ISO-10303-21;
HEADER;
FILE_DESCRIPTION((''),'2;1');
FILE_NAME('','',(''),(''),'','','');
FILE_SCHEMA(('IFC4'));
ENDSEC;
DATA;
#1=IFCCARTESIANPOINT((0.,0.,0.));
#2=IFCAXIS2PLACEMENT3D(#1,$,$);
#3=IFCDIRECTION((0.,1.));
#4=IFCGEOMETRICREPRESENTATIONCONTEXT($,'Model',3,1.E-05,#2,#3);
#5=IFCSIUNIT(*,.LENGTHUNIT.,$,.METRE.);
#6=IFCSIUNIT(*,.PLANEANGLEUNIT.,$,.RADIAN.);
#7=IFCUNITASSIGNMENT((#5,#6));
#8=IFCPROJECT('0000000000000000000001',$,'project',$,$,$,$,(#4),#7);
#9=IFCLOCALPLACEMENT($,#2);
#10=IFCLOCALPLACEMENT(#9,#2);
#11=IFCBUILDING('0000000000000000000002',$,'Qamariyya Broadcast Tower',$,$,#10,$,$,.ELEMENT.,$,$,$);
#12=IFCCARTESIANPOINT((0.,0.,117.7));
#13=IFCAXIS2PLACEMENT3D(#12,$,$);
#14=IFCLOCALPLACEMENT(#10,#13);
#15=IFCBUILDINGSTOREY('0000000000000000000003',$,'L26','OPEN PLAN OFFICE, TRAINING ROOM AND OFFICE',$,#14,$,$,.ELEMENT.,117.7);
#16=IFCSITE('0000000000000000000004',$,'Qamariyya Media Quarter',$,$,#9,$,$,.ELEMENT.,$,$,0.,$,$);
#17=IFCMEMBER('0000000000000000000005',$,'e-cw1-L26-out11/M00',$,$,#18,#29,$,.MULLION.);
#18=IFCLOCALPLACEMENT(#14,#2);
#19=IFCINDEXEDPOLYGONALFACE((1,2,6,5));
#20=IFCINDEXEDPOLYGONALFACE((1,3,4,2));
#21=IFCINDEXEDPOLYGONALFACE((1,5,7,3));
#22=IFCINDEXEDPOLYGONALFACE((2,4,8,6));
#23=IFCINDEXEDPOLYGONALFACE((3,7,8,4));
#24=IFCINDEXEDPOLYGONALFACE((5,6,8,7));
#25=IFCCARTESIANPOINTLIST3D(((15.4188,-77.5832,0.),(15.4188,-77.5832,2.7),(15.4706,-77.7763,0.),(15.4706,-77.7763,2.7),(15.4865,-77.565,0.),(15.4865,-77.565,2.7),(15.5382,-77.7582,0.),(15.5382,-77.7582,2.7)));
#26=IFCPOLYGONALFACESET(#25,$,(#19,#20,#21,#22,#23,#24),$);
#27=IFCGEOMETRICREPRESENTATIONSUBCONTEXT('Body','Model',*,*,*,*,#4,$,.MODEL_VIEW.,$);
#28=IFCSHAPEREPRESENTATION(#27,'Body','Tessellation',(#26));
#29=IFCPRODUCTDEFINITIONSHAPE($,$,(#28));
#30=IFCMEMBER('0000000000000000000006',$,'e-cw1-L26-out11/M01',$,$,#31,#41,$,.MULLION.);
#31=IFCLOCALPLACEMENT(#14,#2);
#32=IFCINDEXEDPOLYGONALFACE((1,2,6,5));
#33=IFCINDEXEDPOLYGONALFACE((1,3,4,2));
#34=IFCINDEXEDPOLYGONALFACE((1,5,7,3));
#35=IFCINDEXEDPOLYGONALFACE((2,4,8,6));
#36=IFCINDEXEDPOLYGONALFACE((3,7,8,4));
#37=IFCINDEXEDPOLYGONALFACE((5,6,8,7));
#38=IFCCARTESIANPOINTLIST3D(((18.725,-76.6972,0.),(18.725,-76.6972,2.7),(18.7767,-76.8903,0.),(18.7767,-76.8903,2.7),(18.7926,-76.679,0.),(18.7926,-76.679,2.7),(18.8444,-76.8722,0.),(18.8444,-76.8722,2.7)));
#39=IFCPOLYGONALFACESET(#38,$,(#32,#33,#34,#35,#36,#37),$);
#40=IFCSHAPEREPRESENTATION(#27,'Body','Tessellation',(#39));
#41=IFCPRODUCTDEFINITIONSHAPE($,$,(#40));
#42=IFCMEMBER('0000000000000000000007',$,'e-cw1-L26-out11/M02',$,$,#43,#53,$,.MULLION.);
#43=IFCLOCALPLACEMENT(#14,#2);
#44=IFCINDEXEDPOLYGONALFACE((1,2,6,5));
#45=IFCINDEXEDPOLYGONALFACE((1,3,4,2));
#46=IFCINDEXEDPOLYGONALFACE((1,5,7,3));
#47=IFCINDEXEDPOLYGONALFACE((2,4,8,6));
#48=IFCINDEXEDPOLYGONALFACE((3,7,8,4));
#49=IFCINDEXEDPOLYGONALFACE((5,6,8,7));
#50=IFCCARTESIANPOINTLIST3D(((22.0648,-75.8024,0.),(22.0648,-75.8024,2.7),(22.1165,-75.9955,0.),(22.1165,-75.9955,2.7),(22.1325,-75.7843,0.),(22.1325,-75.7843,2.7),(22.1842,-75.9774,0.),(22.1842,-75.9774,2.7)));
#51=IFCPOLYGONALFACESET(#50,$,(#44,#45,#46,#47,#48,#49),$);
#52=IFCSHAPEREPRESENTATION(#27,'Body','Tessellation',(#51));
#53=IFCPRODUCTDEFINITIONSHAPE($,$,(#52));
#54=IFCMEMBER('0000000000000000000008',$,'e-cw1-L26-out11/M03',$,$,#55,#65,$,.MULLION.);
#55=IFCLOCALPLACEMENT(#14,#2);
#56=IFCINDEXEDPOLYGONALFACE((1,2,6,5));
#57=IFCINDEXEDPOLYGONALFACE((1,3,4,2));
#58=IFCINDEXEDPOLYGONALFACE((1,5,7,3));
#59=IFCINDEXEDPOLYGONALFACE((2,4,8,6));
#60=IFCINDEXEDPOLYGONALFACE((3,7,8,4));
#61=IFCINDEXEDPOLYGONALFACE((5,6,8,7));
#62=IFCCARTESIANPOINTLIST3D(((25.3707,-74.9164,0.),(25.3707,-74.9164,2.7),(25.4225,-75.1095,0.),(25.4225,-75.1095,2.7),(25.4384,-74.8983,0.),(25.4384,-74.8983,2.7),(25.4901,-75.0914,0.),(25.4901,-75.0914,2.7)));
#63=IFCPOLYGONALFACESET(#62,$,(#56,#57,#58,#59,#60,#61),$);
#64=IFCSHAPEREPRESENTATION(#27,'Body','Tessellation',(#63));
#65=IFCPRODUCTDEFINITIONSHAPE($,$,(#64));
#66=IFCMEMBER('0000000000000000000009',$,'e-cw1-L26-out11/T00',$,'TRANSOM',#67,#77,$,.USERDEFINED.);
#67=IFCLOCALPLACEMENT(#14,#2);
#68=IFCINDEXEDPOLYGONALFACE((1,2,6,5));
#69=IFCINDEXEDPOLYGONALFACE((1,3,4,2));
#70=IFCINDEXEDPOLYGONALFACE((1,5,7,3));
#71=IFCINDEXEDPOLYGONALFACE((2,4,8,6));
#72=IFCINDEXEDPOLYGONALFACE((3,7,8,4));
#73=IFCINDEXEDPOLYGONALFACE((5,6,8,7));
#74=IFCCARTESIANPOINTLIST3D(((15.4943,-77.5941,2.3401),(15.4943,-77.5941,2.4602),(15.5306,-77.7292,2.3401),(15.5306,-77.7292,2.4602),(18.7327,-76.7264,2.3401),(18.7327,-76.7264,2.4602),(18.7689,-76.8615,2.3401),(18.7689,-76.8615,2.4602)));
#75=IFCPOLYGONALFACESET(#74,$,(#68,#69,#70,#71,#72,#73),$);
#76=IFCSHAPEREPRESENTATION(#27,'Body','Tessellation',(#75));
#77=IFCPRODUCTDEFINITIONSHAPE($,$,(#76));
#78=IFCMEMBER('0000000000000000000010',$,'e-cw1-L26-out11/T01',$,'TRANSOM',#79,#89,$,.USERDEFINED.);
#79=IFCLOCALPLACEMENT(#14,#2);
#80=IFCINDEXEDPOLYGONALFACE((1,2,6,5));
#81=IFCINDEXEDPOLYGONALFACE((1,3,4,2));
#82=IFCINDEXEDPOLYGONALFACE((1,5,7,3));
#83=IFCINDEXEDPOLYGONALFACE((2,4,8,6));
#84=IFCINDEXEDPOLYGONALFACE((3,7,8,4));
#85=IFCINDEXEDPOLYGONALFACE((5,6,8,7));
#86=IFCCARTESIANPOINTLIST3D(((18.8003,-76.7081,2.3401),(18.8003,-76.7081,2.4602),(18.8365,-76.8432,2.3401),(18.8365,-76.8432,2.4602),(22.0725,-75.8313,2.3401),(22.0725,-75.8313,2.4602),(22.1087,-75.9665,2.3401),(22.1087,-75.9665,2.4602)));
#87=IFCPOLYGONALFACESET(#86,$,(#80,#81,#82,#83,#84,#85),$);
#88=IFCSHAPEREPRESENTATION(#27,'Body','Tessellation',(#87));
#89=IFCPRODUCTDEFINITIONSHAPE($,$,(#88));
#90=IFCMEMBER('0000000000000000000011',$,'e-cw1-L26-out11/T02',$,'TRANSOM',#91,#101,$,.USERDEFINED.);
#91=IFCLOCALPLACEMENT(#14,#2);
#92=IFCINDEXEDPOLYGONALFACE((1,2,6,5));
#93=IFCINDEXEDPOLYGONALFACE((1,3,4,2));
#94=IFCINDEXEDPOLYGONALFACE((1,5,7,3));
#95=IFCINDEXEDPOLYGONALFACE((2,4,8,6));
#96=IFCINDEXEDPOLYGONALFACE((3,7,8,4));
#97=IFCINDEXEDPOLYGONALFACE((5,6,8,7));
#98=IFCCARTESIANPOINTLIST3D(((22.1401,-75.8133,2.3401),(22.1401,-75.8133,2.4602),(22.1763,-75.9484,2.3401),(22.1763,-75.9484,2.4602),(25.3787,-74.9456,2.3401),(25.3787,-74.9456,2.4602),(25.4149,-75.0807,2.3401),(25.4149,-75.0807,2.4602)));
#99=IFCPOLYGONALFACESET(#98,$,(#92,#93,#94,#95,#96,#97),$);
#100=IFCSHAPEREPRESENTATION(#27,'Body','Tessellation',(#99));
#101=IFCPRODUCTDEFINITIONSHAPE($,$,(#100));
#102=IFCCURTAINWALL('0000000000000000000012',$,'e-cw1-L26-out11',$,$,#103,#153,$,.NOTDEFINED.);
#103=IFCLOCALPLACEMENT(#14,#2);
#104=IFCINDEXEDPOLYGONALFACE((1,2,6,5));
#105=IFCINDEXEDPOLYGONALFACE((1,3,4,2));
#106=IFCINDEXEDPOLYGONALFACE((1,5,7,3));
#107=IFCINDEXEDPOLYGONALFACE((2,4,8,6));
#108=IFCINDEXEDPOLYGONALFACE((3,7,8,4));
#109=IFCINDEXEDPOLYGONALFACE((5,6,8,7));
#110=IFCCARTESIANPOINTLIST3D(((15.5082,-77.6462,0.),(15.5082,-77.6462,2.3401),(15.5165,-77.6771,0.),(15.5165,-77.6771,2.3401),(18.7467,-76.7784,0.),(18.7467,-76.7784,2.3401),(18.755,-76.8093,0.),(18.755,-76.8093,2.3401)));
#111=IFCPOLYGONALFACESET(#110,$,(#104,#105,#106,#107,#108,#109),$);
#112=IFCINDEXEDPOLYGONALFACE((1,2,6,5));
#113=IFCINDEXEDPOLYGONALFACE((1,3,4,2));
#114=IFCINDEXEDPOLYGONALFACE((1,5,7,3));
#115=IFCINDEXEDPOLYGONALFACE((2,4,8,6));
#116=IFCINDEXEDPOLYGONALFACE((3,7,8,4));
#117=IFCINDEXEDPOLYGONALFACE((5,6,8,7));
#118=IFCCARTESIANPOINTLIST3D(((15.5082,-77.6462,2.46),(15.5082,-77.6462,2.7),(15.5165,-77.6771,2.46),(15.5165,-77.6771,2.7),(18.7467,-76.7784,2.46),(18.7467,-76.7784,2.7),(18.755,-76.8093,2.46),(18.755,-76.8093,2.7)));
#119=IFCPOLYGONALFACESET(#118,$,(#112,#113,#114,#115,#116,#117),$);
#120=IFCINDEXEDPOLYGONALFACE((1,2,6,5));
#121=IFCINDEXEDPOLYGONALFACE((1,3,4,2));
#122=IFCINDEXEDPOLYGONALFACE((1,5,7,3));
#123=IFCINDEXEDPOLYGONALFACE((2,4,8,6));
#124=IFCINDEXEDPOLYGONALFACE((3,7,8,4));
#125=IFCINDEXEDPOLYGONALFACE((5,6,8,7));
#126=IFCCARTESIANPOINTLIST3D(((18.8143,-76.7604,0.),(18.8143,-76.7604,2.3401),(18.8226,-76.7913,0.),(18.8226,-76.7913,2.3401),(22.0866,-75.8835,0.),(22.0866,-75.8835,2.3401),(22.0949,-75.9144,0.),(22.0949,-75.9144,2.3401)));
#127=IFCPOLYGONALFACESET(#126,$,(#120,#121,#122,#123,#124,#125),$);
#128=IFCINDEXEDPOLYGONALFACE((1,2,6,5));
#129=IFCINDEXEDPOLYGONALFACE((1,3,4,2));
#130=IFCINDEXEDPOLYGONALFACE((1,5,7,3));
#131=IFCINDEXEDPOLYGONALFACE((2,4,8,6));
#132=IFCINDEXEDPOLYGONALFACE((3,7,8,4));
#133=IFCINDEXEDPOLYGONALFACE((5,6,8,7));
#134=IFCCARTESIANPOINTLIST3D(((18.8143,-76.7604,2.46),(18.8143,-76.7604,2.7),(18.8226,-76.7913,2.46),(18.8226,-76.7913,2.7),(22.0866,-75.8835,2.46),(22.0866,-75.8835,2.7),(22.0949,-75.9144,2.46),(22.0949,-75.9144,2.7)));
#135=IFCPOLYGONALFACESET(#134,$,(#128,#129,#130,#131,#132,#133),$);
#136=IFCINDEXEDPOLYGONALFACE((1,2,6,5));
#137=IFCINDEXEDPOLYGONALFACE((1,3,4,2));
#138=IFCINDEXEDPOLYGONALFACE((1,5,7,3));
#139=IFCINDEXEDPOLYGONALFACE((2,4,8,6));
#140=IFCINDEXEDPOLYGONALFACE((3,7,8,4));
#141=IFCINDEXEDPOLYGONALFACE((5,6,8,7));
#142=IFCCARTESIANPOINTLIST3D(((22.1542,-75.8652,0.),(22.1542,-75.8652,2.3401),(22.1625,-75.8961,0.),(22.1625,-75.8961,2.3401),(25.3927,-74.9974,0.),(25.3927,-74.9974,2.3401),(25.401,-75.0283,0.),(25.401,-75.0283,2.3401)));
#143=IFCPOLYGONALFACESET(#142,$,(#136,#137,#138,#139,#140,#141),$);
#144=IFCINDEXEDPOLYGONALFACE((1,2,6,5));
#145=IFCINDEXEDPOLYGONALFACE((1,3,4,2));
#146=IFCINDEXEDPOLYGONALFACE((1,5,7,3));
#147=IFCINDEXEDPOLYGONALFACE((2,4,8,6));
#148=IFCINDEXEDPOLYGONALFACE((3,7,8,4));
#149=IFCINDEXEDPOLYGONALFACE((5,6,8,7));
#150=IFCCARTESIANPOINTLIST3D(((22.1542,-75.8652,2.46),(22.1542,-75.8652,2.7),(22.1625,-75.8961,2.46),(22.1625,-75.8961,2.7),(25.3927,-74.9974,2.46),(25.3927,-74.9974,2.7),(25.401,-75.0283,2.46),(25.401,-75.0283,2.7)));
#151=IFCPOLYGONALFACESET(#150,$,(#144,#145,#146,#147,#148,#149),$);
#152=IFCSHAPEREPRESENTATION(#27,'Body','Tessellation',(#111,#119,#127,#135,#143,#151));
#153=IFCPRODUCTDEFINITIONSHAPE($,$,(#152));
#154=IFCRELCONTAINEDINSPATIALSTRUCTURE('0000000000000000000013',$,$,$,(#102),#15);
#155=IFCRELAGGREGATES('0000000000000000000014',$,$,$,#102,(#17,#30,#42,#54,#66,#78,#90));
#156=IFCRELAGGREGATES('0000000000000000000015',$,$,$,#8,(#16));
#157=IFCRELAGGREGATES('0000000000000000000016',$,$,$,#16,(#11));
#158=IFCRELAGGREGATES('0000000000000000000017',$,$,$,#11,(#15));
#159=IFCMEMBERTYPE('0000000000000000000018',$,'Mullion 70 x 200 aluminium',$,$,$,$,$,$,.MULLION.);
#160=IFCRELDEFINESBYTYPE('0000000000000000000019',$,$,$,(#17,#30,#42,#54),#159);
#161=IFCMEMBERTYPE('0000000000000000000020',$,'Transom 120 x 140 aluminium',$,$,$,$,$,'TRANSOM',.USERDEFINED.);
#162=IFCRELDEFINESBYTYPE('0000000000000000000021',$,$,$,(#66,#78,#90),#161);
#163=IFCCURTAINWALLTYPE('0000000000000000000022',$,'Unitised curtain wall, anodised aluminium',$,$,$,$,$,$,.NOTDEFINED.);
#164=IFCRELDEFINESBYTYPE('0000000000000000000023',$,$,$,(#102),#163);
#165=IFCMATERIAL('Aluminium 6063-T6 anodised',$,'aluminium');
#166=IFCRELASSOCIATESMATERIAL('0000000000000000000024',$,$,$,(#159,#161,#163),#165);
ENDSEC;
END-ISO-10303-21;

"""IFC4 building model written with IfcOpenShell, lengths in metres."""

from ifc_helpers import new_model, si_unit, direction, frame, origin, origin_2d, place, context, subcontext, project, spatial, rectangle, extrude, material, material_profile, profile_set, type_object, element, aggregate, save


model = new_model("IFC4")

# Units and contexts
model_context = context("Model", 3, precision=1e-05, world=origin(), true_north=direction((0.0, 1.0)))
body_context = subcontext(model_context, "Body", "Model", "MODEL_VIEW")
ifc_project = project(units=[si_unit("LENGTHUNIT", "METRE"), si_unit("PLANEANGLEUNIT", "RADIAN")], contexts=[model_context])

# Members
ifc_material = material(Name="Aluminium 6063-T6 anodised", Category="aluminium")
ifc_material_profile_1 = material_profile(ifc_material, rectangle(XDim=0.2, YDim=0.0701, at=origin_2d()))
ifc_profile_set_1 = profile_set([ifc_material_profile_1], Name="Aluminium 6063-T6 anodised")
member_type_1 = type_object("IfcMemberType", Name="Mullion 70 x 200 aluminium", PredefinedType="MULLION", material=ifc_profile_set_1)
site_placement = place(None, origin())
building_placement = place(site_placement, origin())
storey_placement = place(building_placement, frame((0.0, 0.0, 117.7)))
member_1_placement = place(storey_placement, frame((15.4785, -77.6707, 0.0), z_axis=(0.0, 0.0, 1.0), x_axis=(-0.258819, 0.965926, 0.0)))
member_1 = element("IfcMember", 1, at=member_1_placement, type_object=member_type_1, Name="e-cw1-L26-out11/M00", PredefinedType="MULLION", context=body_context, shape_type="SweptSolid", body=[
    extrude(rectangle(XDim=0.2, YDim=0.0701, at=origin_2d()), origin(), (0.0, 0.0, 1.0), 2.7),
])
member_2_placement = place(storey_placement, frame((18.7847, -76.7847, 0.0), z_axis=(0.0, 0.0, 1.0), x_axis=(-0.258819, 0.965926, 0.0)))
member_2 = element("IfcMember", 2, at=member_2_placement, type_object=member_type_1, Name="e-cw1-L26-out11/M01", PredefinedType="MULLION", context=body_context, shape_type="SweptSolid", body=[
    extrude(rectangle(XDim=0.2, YDim=0.0701, at=origin_2d()), origin(), (0.0, 0.0, 1.0), 2.7),
])
member_3_placement = place(storey_placement, frame((22.1245, -75.8899, 0.0), z_axis=(0.0, 0.0, 1.0), x_axis=(-0.258819, 0.965926, 0.0)))
member_3 = element("IfcMember", 3, at=member_3_placement, type_object=member_type_1, Name="e-cw1-L26-out11/M02", PredefinedType="MULLION", context=body_context, shape_type="SweptSolid", body=[
    extrude(rectangle(XDim=0.2, YDim=0.0701, at=origin_2d()), origin(), (0.0, 0.0, 1.0), 2.7),
])
member_4_placement = place(storey_placement, frame((25.4304, -75.0039, 0.0), z_axis=(0.0, 0.0, 1.0), x_axis=(-0.258819, 0.965926, 0.0)))
member_4 = element("IfcMember", 4, at=member_4_placement, type_object=member_type_1, Name="e-cw1-L26-out11/M03", PredefinedType="MULLION", context=body_context, shape_type="SweptSolid", body=[
    extrude(rectangle(XDim=0.2, YDim=0.0701, at=origin_2d()), origin(), (0.0, 0.0, 1.0), 2.7),
])
ifc_material_profile_2 = material_profile(ifc_material, rectangle(XDim=0.1399, YDim=0.1201, at=origin_2d()))
ifc_profile_set_2 = profile_set([ifc_material_profile_2], Name="Aluminium 6063-T6 anodised")
member_type_2 = type_object("IfcMemberType", Name="Transom 120 x 140 aluminium", ElementType="TRANSOM", PredefinedType="USERDEFINED", material=ifc_profile_set_2)
member_5_placement = place(storey_placement, frame((15.5125, -77.6616, 2.4001), z_axis=(0.965927, 0.258814, 0.0), x_axis=(-0.258814, 0.965927, 0.0)))
member_5 = element("IfcMember", 5, at=member_5_placement, type_object=member_type_2, Name="e-cw1-L26-out11/T00", ObjectType="TRANSOM", PredefinedType="USERDEFINED", context=body_context, shape_type="SweptSolid", body=[
    extrude(rectangle(XDim=0.1399, YDim=0.1201, at=origin_2d()), origin(), (0.0, 0.0, 1.0), 3.3525),
])
member_6_placement = place(storey_placement, frame((18.8184, -76.7756, 2.4001), z_axis=(0.965932, 0.258797, 0.0), x_axis=(-0.258797, 0.965932, 0.0)))
member_6 = element("IfcMember", 6, at=member_6_placement, type_object=member_type_2, Name="e-cw1-L26-out11/T01", ObjectType="TRANSOM", PredefinedType="USERDEFINED", context=body_context, shape_type="SweptSolid", body=[
    extrude(rectangle(XDim=0.1399, YDim=0.1201, at=origin_2d()), origin(), (0.0, 0.0, 1.0), 3.3877),
])
member_7_placement = place(storey_placement, frame((22.1582, -75.8809, 2.4001), z_axis=(0.965932, 0.258796, 0.0), x_axis=(-0.258796, 0.965932, 0.0)))
member_7 = element("IfcMember", 7, at=member_7_placement, type_object=member_type_2, Name="e-cw1-L26-out11/T02", ObjectType="TRANSOM", PredefinedType="USERDEFINED", context=body_context, shape_type="SweptSolid", body=[
    extrude(rectangle(XDim=0.1399, YDim=0.1201, at=origin_2d()), origin(), (0.0, 0.0, 1.0), 3.3528),
])

# Site, building, storey
site = spatial("IfcSite", under=ifc_project, at=site_placement, Name="Qamariyya Media Quarter", CompositionType="ELEMENT", RefElevation=0.0)
building = spatial("IfcBuilding", under=site, at=building_placement, Name="Qamariyya Broadcast Tower", CompositionType="ELEMENT")
storey = spatial("IfcBuildingStorey", under=building, at=storey_placement, Name="L26", Description="OPEN PLAN OFFICE, TRAINING ROOM AND OFFICE", CompositionType="ELEMENT", Elevation=117.7)

# Curtain wall
curtain_wall_type = type_object("IfcCurtainWallType", Name="Unitised curtain wall, anodised aluminium", PredefinedType="NOTDEFINED", material=ifc_material)
curtain_wall_1_placement = place(storey_placement, origin())
curtain_wall_1 = element("IfcCurtainWall", 8, at=curtain_wall_1_placement, inside=storey, type_object=curtain_wall_type, Name="e-cw1-L26-out11", PredefinedType="NOTDEFINED", context=body_context, shape_type="SweptSolid", body=[
    extrude(rectangle(XDim=3.3528, YDim=0.032, at=origin_2d()), frame((17.1316, -77.2278, 0.0), x_axis=(0.965924, 0.258827, 0.0)), (0.0, 0.0, 1.0), 2.3401),
    extrude(rectangle(XDim=3.3528, YDim=0.032, at=origin_2d()), frame((17.1316, -77.2278, 2.46), x_axis=(0.965924, 0.258827, 0.0)), (0.0, 0.0, 1.0), 0.24),
    extrude(rectangle(XDim=3.3877, YDim=0.032, at=origin_2d()), frame((20.4546, -76.3374, 0.0), x_axis=(0.965924, 0.258827, 0.0)), (0.0, 0.0, 1.0), 2.3401),
    extrude(rectangle(XDim=3.3877, YDim=0.032, at=origin_2d()), frame((20.4546, -76.3374, 2.46), x_axis=(0.965924, 0.258827, 0.0)), (0.0, 0.0, 1.0), 0.24),
    extrude(rectangle(XDim=3.3528, YDim=0.032, at=origin_2d()), frame((23.7776, -75.4468, 0.0), x_axis=(0.965924, 0.258827, 0.0)), (0.0, 0.0, 1.0), 2.3401),
    extrude(rectangle(XDim=3.3528, YDim=0.032, at=origin_2d()), frame((23.7776, -75.4468, 2.46), x_axis=(0.965924, 0.258827, 0.0)), (0.0, 0.0, 1.0), 0.24),
])
aggregate(curtain_wall_1, [member_1, member_2, member_3, member_4, member_5, member_6, member_7])

save(model, "model.ifc")
